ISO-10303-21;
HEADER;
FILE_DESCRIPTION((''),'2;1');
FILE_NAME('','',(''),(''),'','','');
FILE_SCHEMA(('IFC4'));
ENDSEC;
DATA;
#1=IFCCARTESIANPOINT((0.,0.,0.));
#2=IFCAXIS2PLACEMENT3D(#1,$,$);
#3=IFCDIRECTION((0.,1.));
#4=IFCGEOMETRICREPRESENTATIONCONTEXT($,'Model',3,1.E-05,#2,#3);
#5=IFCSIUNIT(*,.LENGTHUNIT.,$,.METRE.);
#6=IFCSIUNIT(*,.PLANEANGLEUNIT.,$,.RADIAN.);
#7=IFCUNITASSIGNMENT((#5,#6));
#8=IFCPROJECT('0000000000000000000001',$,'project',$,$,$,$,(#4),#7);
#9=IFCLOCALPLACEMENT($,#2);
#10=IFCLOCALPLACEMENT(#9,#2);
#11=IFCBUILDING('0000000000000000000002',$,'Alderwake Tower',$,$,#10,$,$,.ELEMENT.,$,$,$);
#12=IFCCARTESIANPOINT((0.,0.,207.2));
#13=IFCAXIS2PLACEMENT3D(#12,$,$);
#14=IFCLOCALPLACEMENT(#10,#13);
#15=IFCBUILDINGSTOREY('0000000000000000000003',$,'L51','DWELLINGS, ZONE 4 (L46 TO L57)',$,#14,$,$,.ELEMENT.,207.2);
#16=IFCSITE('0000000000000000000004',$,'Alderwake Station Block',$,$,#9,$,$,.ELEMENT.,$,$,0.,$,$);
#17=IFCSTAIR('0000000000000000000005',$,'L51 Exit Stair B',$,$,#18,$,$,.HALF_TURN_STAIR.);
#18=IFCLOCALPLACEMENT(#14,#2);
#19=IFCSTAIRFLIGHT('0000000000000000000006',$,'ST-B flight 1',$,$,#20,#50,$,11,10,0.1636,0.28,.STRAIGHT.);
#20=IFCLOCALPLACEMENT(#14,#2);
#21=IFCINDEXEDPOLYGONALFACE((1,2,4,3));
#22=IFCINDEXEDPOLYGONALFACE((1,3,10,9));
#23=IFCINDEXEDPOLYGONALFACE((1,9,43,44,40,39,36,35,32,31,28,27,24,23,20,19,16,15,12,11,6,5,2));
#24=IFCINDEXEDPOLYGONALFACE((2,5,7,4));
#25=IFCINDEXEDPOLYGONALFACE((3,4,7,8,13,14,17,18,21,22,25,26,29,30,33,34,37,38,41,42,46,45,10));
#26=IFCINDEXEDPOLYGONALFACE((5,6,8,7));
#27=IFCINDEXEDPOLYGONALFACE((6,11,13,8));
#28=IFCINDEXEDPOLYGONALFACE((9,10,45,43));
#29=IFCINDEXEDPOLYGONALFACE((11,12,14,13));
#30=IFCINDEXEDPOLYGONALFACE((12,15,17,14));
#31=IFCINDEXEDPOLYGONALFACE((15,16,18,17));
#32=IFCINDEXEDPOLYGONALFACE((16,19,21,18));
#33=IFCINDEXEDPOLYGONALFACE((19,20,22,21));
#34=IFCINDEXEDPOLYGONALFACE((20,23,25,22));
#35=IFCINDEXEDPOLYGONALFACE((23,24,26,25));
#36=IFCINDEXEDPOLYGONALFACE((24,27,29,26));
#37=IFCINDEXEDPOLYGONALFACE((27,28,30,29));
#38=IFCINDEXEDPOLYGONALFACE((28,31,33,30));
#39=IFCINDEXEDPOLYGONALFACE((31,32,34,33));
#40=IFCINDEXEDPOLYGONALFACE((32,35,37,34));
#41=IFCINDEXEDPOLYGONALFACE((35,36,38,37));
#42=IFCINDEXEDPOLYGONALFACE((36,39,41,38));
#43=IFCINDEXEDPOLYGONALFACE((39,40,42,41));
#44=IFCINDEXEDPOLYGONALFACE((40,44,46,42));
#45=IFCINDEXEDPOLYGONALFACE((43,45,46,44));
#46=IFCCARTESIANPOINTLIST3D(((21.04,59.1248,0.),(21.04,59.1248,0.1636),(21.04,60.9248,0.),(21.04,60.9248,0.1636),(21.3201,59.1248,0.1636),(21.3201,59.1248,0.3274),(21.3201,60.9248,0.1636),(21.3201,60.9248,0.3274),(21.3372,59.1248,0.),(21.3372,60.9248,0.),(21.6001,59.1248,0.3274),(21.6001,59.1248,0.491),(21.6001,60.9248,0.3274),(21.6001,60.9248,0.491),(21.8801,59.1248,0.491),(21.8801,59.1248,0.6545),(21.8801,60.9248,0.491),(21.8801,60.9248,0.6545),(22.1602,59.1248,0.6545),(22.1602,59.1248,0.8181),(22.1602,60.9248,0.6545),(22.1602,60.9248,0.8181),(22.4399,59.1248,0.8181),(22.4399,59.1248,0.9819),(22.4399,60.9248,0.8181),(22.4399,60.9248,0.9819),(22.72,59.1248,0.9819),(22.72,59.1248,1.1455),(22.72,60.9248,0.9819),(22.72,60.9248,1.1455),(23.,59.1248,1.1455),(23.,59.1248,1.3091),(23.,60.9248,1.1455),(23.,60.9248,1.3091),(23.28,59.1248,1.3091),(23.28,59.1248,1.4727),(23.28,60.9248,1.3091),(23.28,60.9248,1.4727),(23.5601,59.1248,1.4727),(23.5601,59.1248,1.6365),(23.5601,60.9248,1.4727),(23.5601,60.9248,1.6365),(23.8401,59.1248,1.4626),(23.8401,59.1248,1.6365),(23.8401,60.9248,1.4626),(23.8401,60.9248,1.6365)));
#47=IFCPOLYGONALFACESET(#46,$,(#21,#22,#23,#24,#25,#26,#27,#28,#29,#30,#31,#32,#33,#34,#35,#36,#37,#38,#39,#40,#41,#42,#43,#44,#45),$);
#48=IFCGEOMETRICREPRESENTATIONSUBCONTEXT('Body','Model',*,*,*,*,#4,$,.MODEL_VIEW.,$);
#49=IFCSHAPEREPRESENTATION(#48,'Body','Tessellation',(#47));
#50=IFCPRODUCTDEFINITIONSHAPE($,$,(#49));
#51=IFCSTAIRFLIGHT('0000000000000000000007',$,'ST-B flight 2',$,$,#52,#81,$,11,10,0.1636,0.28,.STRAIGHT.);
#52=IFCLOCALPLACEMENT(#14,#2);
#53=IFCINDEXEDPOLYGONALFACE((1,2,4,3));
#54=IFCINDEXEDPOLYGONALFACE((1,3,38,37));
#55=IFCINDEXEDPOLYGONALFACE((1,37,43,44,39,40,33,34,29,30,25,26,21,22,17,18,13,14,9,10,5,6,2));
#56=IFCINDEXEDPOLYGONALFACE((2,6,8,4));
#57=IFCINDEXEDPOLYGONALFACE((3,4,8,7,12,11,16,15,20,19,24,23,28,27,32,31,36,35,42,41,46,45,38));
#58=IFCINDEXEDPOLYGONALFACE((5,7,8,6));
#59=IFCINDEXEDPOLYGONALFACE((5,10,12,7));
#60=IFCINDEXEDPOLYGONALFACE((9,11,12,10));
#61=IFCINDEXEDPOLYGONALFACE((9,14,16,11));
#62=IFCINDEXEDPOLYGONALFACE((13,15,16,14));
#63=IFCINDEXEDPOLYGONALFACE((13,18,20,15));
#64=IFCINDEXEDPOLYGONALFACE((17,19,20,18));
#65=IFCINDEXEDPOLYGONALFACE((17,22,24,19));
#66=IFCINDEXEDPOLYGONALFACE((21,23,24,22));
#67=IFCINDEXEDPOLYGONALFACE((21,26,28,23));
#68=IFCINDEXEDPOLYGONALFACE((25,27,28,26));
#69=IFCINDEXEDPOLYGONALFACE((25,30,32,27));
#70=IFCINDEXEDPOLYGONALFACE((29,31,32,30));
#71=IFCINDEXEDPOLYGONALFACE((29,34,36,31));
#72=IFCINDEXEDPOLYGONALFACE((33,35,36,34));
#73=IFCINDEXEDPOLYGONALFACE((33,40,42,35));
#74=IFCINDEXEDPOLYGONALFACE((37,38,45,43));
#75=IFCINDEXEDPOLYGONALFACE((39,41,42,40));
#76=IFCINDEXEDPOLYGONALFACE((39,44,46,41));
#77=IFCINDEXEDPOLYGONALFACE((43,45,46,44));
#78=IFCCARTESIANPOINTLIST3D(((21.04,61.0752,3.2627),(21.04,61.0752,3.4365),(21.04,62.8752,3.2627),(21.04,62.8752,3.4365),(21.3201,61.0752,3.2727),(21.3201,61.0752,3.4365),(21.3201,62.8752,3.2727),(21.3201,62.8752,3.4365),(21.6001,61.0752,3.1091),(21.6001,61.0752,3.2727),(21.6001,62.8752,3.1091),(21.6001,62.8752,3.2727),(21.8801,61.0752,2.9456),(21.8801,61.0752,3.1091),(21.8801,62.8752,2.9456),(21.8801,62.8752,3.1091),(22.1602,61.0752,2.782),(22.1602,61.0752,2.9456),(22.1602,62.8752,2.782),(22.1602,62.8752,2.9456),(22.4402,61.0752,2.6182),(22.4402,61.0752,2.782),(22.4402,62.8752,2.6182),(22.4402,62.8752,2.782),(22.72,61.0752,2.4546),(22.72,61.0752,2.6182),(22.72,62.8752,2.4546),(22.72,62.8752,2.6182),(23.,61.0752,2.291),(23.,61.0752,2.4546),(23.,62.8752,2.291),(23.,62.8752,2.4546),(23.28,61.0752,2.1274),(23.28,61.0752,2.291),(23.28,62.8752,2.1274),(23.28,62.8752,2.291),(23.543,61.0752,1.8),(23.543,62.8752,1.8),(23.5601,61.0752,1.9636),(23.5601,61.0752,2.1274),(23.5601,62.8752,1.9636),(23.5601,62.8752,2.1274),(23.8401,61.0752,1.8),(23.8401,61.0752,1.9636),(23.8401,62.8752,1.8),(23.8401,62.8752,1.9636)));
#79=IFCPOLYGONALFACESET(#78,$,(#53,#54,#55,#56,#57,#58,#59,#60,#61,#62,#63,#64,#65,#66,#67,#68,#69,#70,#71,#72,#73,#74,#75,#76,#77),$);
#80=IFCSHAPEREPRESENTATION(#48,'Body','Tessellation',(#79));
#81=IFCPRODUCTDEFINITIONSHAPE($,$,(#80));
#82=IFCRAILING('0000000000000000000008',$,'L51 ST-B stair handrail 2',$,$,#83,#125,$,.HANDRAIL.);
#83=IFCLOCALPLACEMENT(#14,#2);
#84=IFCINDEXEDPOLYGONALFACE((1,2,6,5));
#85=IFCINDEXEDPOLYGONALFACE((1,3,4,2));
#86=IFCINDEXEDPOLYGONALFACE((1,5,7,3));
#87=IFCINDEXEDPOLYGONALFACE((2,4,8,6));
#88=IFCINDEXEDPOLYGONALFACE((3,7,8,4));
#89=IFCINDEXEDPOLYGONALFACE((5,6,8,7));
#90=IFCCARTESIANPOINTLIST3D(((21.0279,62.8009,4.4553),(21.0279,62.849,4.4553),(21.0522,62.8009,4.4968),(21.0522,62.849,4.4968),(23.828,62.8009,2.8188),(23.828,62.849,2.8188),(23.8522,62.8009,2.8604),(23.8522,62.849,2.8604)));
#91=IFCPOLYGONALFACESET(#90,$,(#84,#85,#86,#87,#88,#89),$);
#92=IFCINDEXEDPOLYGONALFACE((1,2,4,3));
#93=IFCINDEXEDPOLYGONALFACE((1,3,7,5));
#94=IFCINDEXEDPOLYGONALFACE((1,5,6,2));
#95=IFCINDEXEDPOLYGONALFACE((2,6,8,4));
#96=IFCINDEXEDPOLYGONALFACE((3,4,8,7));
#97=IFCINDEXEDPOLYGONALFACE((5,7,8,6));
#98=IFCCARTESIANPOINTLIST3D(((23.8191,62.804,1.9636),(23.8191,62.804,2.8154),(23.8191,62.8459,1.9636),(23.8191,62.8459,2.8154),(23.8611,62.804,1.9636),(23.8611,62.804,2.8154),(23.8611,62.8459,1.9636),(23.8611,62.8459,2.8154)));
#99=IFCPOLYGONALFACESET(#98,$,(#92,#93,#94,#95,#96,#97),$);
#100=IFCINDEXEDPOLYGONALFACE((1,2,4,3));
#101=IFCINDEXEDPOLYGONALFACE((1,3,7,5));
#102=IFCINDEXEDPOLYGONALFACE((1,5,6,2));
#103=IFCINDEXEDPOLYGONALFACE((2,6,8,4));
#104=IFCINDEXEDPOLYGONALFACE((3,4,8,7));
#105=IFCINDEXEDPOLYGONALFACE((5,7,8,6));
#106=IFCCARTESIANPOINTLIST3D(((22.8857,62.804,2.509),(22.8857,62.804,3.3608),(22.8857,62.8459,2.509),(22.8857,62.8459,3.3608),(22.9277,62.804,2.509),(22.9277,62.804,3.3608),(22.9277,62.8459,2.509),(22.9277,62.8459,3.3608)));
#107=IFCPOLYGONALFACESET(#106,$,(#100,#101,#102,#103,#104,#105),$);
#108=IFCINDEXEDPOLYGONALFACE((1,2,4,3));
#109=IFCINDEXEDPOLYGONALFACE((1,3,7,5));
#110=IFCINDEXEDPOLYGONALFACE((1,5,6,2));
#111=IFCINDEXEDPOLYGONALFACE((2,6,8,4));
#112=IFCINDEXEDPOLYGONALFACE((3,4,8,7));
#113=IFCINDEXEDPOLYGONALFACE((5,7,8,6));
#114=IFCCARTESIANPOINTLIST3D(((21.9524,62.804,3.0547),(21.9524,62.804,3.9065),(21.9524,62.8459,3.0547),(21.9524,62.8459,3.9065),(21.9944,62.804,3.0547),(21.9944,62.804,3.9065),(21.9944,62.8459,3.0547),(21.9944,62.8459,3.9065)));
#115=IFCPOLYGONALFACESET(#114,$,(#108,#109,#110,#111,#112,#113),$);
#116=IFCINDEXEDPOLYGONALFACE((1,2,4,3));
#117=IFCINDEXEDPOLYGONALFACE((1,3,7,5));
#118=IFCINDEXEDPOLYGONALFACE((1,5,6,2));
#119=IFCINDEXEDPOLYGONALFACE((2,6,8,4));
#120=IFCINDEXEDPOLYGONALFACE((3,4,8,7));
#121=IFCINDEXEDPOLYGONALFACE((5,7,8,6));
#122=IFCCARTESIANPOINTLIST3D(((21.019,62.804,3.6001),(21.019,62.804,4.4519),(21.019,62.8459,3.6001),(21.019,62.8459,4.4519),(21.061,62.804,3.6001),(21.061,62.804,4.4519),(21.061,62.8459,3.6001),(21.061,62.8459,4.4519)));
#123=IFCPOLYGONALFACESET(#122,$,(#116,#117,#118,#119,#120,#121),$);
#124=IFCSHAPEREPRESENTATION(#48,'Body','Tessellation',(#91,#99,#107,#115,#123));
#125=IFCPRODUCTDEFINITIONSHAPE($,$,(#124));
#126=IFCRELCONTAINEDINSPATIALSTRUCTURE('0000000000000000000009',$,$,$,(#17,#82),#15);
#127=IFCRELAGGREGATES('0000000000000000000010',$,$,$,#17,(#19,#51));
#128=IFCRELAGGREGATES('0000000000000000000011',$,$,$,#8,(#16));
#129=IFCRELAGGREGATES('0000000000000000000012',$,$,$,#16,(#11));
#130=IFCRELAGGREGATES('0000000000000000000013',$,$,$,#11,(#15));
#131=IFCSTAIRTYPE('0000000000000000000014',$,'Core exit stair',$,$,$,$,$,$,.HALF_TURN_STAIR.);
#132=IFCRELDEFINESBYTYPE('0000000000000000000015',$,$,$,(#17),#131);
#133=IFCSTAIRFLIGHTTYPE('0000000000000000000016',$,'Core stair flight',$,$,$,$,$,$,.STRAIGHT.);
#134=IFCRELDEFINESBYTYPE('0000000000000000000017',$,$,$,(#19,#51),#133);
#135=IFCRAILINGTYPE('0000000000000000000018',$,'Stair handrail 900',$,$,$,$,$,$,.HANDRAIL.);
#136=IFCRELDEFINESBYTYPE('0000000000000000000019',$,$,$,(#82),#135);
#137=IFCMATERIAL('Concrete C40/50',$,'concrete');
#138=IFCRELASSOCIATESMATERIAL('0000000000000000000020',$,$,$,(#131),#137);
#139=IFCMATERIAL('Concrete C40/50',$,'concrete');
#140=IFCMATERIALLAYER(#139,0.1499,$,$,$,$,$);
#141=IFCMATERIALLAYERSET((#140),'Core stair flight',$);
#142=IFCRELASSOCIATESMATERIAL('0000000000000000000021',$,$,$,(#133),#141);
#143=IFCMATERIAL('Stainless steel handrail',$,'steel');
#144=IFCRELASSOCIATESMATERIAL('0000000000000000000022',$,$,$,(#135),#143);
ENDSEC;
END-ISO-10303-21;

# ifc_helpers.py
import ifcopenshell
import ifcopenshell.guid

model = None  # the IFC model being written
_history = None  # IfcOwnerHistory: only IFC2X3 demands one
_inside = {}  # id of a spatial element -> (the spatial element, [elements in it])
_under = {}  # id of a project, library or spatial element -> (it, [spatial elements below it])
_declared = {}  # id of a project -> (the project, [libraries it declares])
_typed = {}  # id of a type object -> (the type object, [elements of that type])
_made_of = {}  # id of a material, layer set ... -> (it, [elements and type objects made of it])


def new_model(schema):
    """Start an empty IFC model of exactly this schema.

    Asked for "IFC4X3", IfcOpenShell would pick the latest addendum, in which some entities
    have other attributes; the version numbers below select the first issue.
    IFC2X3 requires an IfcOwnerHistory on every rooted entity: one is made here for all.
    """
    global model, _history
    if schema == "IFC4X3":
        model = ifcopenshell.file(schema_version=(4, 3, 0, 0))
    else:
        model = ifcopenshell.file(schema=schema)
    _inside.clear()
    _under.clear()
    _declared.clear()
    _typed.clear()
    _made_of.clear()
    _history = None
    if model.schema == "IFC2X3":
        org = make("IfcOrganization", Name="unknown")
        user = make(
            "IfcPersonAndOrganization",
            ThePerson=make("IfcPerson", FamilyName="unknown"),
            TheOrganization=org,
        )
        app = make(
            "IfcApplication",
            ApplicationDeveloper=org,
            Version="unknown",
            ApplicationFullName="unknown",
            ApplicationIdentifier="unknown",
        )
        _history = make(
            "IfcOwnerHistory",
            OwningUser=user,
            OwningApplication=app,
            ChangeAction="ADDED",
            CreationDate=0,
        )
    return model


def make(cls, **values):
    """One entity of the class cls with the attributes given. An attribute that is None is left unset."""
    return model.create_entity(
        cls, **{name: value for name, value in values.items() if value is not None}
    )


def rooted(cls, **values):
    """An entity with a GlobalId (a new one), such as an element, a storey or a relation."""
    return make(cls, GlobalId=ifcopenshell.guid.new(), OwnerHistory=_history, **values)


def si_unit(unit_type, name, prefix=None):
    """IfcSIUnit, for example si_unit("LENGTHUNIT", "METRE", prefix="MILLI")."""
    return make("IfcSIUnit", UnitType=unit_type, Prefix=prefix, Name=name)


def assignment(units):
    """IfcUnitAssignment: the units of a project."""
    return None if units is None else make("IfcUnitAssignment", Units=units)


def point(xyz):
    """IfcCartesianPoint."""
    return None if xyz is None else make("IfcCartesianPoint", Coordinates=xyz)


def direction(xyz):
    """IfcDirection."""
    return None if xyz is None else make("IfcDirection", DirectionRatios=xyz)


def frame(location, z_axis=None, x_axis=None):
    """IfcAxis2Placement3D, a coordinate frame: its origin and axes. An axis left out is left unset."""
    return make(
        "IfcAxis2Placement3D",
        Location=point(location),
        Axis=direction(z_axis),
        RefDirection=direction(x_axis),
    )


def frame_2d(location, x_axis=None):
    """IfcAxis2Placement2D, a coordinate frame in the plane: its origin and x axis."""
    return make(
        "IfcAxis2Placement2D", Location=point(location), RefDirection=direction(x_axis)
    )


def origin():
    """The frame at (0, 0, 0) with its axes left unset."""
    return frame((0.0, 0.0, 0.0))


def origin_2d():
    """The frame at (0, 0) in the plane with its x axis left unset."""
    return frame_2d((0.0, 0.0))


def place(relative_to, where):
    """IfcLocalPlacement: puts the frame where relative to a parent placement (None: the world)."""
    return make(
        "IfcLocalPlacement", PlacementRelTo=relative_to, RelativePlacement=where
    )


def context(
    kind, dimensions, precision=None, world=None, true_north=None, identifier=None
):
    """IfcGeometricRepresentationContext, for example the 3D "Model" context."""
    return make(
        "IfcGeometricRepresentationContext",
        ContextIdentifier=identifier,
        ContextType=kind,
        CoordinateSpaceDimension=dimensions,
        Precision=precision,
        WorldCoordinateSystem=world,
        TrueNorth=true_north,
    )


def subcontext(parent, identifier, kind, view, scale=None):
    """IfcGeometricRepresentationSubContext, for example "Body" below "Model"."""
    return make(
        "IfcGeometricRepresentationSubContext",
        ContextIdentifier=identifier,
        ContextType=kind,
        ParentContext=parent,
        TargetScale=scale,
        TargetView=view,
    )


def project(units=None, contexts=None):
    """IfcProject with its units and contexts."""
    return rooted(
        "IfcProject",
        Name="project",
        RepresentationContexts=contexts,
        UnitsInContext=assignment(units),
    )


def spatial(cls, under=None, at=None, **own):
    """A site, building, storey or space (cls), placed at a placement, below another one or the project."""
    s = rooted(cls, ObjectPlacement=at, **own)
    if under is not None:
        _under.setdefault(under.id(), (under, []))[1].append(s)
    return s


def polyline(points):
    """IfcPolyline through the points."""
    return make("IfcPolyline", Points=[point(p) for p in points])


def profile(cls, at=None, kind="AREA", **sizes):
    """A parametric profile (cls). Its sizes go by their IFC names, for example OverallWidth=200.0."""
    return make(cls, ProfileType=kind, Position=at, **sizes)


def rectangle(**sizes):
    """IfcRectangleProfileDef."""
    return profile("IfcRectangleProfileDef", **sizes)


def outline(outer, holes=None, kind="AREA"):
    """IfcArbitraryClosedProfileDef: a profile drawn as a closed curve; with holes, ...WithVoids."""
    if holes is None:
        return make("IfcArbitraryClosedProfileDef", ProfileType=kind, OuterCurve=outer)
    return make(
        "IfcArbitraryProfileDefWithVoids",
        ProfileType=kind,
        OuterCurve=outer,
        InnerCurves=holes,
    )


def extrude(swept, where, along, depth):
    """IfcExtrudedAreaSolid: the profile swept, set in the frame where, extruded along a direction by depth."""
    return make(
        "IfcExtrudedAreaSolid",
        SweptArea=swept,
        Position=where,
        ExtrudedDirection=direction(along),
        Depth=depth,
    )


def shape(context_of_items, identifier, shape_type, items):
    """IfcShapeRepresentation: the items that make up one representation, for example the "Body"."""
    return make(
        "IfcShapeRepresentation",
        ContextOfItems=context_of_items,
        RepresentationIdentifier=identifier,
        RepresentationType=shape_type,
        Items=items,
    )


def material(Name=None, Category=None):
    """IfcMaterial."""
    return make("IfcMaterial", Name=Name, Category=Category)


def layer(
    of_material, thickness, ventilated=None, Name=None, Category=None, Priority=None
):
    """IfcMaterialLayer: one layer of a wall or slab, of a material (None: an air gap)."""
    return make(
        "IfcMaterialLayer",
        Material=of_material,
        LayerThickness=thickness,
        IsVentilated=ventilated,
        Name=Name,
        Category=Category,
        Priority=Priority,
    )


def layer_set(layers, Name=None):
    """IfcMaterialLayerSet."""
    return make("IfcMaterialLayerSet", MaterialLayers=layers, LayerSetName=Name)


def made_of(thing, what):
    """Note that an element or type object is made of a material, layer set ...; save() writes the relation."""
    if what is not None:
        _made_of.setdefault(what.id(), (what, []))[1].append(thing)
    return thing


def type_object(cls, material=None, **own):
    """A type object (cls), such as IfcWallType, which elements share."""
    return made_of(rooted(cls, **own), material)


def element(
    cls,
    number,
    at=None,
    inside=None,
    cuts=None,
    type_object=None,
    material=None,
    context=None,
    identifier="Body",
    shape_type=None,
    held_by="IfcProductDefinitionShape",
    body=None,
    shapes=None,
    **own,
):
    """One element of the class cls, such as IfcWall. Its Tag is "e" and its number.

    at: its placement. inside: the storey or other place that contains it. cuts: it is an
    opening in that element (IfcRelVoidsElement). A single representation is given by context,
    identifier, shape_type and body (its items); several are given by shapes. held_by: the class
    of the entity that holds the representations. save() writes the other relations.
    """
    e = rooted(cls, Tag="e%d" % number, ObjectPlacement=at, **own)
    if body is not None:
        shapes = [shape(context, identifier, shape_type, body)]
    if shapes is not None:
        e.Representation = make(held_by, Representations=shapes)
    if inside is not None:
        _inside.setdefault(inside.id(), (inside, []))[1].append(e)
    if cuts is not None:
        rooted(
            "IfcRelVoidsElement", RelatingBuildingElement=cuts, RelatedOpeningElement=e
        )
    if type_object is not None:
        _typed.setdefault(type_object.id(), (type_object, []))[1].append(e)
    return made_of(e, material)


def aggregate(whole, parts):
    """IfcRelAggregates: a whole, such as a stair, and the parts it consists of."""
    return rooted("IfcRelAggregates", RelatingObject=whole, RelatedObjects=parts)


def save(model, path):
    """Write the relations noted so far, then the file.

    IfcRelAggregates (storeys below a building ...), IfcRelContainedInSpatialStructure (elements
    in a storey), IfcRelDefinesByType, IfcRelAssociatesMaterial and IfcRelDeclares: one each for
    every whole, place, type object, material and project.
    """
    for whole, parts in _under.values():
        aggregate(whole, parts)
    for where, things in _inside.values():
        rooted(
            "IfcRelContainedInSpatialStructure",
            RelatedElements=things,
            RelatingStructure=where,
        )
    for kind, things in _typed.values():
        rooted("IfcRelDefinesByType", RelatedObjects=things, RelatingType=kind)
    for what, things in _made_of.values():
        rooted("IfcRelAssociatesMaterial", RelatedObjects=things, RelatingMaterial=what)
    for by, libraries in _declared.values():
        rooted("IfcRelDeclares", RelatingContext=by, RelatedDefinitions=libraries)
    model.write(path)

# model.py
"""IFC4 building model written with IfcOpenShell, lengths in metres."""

from ifc_helpers import new_model, si_unit, direction, frame, origin, origin_2d, place, context, subcontext, project, spatial, polyline, rectangle, outline, extrude, material, layer, layer_set, type_object, element, aggregate, save


model = new_model("IFC4")

# Units and contexts
model_context = context("Model", 3, precision=1e-05, world=origin(), true_north=direction((0.0, 1.0)))
body_context = subcontext(model_context, "Body", "Model", "MODEL_VIEW")
ifc_project = project(units=[si_unit("LENGTHUNIT", "METRE"), si_unit("PLANEANGLEUNIT", "RADIAN")], contexts=[model_context])

# Site, building, storey
site_placement = place(None, origin())
site = spatial("IfcSite", under=ifc_project, at=site_placement, Name="Alderwake Station Block", CompositionType="ELEMENT", RefElevation=0.0)
building_placement = place(site_placement, origin())
building = spatial("IfcBuilding", under=site, at=building_placement, Name="Alderwake Tower", CompositionType="ELEMENT")
storey_placement = place(building_placement, frame((0.0, 0.0, 207.2)))
storey = spatial("IfcBuildingStorey", under=building, at=storey_placement, Name="L51", Description="DWELLINGS, ZONE 4 (L46 TO L57)", CompositionType="ELEMENT", Elevation=207.2)

# Stair, stair flights
ifc_material_1 = material(Name="Concrete C40/50", Category="concrete")
stair_type = type_object("IfcStairType", Name="Core exit stair", PredefinedType="HALF_TURN_STAIR", material=ifc_material_1)
stair_placement = place(storey_placement, origin())
stair = element("IfcStair", 1, at=stair_placement, inside=storey, type_object=stair_type, Name="L51 Exit Stair B", PredefinedType="HALF_TURN_STAIR")
ifc_material_2 = material(Name="Concrete C40/50", Category="concrete")
ifc_layer_1 = layer(ifc_material_2, 0.1499)
ifc_layer_set_1 = layer_set([ifc_layer_1], Name="Core stair flight")
stair_flight_type = type_object("IfcStairFlightType", Name="Core stair flight", PredefinedType="STRAIGHT", material=ifc_layer_set_1)
stair_flight_1_placement = place(storey_placement, frame((21.04, 60.0249, 0.0), z_axis=(0.0, 0.0, 1.0), x_axis=(1.0, 0.0, 0.0)))
stair_flight_1 = element("IfcStairFlight", 2, at=stair_flight_1_placement, type_object=stair_flight_type, Name="ST-B flight 1", NumberOfRisers=11, NumberOfTreads=10, PredefinedType="STRAIGHT", RiserHeight=0.1636, TreadLength=0.28, context=body_context, shape_type="SweptSolid", body=[
    extrude(outline(polyline([(0.0, 0.0), (0.0, 0.1636), (0.28, 0.1636), (0.28, 0.3274), (0.5601, 0.3274), (0.5601, 0.491), (0.8401, 0.491), (0.8401, 0.6545), (1.1201, 0.6545), (1.1201, 0.8181), (1.3999, 0.8181), (1.3999, 0.9819), (1.6799, 0.9819), (1.6799, 1.1455), (1.96, 1.1455), (1.96, 1.3091), (2.24, 1.3091), (2.24, 1.4727), (2.52, 1.4727), (2.52, 1.6365), (2.8, 1.6365), (2.8, 1.8), (2.8, 1.4626), (0.2971, 0.0), (0.0, 0.0)])), frame((0.0, 0.8999, 0.0), z_axis=(0.0, -1.0, 0.0), x_axis=(1.0, 0.0, 0.0)), (0.0, 0.0, 1.0), 1.8),
])
stair_flight_2_placement = place(storey_placement, frame((23.8401, 61.9751, 1.8), z_axis=(0.0, 0.0, 1.0), x_axis=(-1.0, 0.0, 0.0)))
stair_flight_2 = element("IfcStairFlight", 3, at=stair_flight_2_placement, type_object=stair_flight_type, Name="ST-B flight 2", NumberOfRisers=11, NumberOfTreads=10, PredefinedType="STRAIGHT", RiserHeight=0.1636, TreadLength=0.28, context=body_context, shape_type="SweptSolid", body=[
    extrude(outline(polyline([(0.0, 0.0), (0.0, 0.1636), (0.28, 0.1636), (0.28, 0.3274), (0.5601, 0.3274), (0.5601, 0.491), (0.8401, 0.491), (0.8401, 0.6545), (1.1201, 0.6545), (1.1201, 0.8181), (1.3999, 0.8181), (1.3999, 0.9819), (1.6799, 0.9819), (1.6799, 1.1455), (1.96, 1.1455), (1.96, 1.3091), (2.24, 1.3091), (2.24, 1.4727), (2.52, 1.4727), (2.52, 1.6365), (2.8, 1.6365), (2.8, 1.8), (2.8, 1.4626), (0.2971, 0.0), (0.0, 0.0)])), frame((0.0, 0.8999, 0.0), z_axis=(0.0, -1.0, 0.0), x_axis=(1.0, 0.0, 0.0)), (0.0, 0.0, 1.0), 1.8),
])
aggregate(stair, [stair_flight_1, stair_flight_2])

# Railing
ifc_material_3 = material(Name="Stainless steel handrail", Category="steel")
railing_type = type_object("IfcRailingType", Name="Stair handrail 900", PredefinedType="HANDRAIL", material=ifc_material_3)
railing_placement = place(storey_placement, frame((23.8401, 62.825, 1.9636)))
element("IfcRailing", 4, at=railing_placement, inside=storey, type_object=railing_type, Name="L51 ST-B stair handrail 2", PredefinedType="HANDRAIL", context=body_context, shape_type="SweptSolid", body=[
    extrude(rectangle(XDim=0.0481, YDim=0.0481, at=origin_2d()), frame((0.0, 0.0, 0.876), z_axis=(-0.863361, 0.0, 0.504587), x_axis=(0.0, -1.0, 0.0)), (0.0, 0.0, 1.0), 3.2432),
    extrude(rectangle(XDim=0.042, YDim=0.042, at=origin_2d()), frame((0.0, 0.0, 0.0), z_axis=(0.0, 0.0, 1.0), x_axis=(-1.0, 0.0, 0.0)), (0.0, 0.0, 1.0), 0.8518),
    extrude(rectangle(XDim=0.042, YDim=0.042, at=origin_2d()), frame((-0.9333, 0.0, 0.5454), z_axis=(0.0, 0.0, 1.0), x_axis=(-1.0, 0.0, 0.0)), (0.0, 0.0, 1.0), 0.8518),
    extrude(rectangle(XDim=0.042, YDim=0.042, at=origin_2d()), frame((-1.8667, 0.0, 1.0911), z_axis=(0.0, 0.0, 1.0), x_axis=(-1.0, 0.0, 0.0)), (0.0, 0.0, 1.0), 0.8518),
    extrude(rectangle(XDim=0.042, YDim=0.042, at=origin_2d()), frame((-2.8, 0.0, 1.6365), z_axis=(0.0, 0.0, 1.0), x_axis=(-1.0, 0.0, 0.0)), (0.0, 0.0, 1.0), 0.8518),
])

save(model, "model.ifc")
